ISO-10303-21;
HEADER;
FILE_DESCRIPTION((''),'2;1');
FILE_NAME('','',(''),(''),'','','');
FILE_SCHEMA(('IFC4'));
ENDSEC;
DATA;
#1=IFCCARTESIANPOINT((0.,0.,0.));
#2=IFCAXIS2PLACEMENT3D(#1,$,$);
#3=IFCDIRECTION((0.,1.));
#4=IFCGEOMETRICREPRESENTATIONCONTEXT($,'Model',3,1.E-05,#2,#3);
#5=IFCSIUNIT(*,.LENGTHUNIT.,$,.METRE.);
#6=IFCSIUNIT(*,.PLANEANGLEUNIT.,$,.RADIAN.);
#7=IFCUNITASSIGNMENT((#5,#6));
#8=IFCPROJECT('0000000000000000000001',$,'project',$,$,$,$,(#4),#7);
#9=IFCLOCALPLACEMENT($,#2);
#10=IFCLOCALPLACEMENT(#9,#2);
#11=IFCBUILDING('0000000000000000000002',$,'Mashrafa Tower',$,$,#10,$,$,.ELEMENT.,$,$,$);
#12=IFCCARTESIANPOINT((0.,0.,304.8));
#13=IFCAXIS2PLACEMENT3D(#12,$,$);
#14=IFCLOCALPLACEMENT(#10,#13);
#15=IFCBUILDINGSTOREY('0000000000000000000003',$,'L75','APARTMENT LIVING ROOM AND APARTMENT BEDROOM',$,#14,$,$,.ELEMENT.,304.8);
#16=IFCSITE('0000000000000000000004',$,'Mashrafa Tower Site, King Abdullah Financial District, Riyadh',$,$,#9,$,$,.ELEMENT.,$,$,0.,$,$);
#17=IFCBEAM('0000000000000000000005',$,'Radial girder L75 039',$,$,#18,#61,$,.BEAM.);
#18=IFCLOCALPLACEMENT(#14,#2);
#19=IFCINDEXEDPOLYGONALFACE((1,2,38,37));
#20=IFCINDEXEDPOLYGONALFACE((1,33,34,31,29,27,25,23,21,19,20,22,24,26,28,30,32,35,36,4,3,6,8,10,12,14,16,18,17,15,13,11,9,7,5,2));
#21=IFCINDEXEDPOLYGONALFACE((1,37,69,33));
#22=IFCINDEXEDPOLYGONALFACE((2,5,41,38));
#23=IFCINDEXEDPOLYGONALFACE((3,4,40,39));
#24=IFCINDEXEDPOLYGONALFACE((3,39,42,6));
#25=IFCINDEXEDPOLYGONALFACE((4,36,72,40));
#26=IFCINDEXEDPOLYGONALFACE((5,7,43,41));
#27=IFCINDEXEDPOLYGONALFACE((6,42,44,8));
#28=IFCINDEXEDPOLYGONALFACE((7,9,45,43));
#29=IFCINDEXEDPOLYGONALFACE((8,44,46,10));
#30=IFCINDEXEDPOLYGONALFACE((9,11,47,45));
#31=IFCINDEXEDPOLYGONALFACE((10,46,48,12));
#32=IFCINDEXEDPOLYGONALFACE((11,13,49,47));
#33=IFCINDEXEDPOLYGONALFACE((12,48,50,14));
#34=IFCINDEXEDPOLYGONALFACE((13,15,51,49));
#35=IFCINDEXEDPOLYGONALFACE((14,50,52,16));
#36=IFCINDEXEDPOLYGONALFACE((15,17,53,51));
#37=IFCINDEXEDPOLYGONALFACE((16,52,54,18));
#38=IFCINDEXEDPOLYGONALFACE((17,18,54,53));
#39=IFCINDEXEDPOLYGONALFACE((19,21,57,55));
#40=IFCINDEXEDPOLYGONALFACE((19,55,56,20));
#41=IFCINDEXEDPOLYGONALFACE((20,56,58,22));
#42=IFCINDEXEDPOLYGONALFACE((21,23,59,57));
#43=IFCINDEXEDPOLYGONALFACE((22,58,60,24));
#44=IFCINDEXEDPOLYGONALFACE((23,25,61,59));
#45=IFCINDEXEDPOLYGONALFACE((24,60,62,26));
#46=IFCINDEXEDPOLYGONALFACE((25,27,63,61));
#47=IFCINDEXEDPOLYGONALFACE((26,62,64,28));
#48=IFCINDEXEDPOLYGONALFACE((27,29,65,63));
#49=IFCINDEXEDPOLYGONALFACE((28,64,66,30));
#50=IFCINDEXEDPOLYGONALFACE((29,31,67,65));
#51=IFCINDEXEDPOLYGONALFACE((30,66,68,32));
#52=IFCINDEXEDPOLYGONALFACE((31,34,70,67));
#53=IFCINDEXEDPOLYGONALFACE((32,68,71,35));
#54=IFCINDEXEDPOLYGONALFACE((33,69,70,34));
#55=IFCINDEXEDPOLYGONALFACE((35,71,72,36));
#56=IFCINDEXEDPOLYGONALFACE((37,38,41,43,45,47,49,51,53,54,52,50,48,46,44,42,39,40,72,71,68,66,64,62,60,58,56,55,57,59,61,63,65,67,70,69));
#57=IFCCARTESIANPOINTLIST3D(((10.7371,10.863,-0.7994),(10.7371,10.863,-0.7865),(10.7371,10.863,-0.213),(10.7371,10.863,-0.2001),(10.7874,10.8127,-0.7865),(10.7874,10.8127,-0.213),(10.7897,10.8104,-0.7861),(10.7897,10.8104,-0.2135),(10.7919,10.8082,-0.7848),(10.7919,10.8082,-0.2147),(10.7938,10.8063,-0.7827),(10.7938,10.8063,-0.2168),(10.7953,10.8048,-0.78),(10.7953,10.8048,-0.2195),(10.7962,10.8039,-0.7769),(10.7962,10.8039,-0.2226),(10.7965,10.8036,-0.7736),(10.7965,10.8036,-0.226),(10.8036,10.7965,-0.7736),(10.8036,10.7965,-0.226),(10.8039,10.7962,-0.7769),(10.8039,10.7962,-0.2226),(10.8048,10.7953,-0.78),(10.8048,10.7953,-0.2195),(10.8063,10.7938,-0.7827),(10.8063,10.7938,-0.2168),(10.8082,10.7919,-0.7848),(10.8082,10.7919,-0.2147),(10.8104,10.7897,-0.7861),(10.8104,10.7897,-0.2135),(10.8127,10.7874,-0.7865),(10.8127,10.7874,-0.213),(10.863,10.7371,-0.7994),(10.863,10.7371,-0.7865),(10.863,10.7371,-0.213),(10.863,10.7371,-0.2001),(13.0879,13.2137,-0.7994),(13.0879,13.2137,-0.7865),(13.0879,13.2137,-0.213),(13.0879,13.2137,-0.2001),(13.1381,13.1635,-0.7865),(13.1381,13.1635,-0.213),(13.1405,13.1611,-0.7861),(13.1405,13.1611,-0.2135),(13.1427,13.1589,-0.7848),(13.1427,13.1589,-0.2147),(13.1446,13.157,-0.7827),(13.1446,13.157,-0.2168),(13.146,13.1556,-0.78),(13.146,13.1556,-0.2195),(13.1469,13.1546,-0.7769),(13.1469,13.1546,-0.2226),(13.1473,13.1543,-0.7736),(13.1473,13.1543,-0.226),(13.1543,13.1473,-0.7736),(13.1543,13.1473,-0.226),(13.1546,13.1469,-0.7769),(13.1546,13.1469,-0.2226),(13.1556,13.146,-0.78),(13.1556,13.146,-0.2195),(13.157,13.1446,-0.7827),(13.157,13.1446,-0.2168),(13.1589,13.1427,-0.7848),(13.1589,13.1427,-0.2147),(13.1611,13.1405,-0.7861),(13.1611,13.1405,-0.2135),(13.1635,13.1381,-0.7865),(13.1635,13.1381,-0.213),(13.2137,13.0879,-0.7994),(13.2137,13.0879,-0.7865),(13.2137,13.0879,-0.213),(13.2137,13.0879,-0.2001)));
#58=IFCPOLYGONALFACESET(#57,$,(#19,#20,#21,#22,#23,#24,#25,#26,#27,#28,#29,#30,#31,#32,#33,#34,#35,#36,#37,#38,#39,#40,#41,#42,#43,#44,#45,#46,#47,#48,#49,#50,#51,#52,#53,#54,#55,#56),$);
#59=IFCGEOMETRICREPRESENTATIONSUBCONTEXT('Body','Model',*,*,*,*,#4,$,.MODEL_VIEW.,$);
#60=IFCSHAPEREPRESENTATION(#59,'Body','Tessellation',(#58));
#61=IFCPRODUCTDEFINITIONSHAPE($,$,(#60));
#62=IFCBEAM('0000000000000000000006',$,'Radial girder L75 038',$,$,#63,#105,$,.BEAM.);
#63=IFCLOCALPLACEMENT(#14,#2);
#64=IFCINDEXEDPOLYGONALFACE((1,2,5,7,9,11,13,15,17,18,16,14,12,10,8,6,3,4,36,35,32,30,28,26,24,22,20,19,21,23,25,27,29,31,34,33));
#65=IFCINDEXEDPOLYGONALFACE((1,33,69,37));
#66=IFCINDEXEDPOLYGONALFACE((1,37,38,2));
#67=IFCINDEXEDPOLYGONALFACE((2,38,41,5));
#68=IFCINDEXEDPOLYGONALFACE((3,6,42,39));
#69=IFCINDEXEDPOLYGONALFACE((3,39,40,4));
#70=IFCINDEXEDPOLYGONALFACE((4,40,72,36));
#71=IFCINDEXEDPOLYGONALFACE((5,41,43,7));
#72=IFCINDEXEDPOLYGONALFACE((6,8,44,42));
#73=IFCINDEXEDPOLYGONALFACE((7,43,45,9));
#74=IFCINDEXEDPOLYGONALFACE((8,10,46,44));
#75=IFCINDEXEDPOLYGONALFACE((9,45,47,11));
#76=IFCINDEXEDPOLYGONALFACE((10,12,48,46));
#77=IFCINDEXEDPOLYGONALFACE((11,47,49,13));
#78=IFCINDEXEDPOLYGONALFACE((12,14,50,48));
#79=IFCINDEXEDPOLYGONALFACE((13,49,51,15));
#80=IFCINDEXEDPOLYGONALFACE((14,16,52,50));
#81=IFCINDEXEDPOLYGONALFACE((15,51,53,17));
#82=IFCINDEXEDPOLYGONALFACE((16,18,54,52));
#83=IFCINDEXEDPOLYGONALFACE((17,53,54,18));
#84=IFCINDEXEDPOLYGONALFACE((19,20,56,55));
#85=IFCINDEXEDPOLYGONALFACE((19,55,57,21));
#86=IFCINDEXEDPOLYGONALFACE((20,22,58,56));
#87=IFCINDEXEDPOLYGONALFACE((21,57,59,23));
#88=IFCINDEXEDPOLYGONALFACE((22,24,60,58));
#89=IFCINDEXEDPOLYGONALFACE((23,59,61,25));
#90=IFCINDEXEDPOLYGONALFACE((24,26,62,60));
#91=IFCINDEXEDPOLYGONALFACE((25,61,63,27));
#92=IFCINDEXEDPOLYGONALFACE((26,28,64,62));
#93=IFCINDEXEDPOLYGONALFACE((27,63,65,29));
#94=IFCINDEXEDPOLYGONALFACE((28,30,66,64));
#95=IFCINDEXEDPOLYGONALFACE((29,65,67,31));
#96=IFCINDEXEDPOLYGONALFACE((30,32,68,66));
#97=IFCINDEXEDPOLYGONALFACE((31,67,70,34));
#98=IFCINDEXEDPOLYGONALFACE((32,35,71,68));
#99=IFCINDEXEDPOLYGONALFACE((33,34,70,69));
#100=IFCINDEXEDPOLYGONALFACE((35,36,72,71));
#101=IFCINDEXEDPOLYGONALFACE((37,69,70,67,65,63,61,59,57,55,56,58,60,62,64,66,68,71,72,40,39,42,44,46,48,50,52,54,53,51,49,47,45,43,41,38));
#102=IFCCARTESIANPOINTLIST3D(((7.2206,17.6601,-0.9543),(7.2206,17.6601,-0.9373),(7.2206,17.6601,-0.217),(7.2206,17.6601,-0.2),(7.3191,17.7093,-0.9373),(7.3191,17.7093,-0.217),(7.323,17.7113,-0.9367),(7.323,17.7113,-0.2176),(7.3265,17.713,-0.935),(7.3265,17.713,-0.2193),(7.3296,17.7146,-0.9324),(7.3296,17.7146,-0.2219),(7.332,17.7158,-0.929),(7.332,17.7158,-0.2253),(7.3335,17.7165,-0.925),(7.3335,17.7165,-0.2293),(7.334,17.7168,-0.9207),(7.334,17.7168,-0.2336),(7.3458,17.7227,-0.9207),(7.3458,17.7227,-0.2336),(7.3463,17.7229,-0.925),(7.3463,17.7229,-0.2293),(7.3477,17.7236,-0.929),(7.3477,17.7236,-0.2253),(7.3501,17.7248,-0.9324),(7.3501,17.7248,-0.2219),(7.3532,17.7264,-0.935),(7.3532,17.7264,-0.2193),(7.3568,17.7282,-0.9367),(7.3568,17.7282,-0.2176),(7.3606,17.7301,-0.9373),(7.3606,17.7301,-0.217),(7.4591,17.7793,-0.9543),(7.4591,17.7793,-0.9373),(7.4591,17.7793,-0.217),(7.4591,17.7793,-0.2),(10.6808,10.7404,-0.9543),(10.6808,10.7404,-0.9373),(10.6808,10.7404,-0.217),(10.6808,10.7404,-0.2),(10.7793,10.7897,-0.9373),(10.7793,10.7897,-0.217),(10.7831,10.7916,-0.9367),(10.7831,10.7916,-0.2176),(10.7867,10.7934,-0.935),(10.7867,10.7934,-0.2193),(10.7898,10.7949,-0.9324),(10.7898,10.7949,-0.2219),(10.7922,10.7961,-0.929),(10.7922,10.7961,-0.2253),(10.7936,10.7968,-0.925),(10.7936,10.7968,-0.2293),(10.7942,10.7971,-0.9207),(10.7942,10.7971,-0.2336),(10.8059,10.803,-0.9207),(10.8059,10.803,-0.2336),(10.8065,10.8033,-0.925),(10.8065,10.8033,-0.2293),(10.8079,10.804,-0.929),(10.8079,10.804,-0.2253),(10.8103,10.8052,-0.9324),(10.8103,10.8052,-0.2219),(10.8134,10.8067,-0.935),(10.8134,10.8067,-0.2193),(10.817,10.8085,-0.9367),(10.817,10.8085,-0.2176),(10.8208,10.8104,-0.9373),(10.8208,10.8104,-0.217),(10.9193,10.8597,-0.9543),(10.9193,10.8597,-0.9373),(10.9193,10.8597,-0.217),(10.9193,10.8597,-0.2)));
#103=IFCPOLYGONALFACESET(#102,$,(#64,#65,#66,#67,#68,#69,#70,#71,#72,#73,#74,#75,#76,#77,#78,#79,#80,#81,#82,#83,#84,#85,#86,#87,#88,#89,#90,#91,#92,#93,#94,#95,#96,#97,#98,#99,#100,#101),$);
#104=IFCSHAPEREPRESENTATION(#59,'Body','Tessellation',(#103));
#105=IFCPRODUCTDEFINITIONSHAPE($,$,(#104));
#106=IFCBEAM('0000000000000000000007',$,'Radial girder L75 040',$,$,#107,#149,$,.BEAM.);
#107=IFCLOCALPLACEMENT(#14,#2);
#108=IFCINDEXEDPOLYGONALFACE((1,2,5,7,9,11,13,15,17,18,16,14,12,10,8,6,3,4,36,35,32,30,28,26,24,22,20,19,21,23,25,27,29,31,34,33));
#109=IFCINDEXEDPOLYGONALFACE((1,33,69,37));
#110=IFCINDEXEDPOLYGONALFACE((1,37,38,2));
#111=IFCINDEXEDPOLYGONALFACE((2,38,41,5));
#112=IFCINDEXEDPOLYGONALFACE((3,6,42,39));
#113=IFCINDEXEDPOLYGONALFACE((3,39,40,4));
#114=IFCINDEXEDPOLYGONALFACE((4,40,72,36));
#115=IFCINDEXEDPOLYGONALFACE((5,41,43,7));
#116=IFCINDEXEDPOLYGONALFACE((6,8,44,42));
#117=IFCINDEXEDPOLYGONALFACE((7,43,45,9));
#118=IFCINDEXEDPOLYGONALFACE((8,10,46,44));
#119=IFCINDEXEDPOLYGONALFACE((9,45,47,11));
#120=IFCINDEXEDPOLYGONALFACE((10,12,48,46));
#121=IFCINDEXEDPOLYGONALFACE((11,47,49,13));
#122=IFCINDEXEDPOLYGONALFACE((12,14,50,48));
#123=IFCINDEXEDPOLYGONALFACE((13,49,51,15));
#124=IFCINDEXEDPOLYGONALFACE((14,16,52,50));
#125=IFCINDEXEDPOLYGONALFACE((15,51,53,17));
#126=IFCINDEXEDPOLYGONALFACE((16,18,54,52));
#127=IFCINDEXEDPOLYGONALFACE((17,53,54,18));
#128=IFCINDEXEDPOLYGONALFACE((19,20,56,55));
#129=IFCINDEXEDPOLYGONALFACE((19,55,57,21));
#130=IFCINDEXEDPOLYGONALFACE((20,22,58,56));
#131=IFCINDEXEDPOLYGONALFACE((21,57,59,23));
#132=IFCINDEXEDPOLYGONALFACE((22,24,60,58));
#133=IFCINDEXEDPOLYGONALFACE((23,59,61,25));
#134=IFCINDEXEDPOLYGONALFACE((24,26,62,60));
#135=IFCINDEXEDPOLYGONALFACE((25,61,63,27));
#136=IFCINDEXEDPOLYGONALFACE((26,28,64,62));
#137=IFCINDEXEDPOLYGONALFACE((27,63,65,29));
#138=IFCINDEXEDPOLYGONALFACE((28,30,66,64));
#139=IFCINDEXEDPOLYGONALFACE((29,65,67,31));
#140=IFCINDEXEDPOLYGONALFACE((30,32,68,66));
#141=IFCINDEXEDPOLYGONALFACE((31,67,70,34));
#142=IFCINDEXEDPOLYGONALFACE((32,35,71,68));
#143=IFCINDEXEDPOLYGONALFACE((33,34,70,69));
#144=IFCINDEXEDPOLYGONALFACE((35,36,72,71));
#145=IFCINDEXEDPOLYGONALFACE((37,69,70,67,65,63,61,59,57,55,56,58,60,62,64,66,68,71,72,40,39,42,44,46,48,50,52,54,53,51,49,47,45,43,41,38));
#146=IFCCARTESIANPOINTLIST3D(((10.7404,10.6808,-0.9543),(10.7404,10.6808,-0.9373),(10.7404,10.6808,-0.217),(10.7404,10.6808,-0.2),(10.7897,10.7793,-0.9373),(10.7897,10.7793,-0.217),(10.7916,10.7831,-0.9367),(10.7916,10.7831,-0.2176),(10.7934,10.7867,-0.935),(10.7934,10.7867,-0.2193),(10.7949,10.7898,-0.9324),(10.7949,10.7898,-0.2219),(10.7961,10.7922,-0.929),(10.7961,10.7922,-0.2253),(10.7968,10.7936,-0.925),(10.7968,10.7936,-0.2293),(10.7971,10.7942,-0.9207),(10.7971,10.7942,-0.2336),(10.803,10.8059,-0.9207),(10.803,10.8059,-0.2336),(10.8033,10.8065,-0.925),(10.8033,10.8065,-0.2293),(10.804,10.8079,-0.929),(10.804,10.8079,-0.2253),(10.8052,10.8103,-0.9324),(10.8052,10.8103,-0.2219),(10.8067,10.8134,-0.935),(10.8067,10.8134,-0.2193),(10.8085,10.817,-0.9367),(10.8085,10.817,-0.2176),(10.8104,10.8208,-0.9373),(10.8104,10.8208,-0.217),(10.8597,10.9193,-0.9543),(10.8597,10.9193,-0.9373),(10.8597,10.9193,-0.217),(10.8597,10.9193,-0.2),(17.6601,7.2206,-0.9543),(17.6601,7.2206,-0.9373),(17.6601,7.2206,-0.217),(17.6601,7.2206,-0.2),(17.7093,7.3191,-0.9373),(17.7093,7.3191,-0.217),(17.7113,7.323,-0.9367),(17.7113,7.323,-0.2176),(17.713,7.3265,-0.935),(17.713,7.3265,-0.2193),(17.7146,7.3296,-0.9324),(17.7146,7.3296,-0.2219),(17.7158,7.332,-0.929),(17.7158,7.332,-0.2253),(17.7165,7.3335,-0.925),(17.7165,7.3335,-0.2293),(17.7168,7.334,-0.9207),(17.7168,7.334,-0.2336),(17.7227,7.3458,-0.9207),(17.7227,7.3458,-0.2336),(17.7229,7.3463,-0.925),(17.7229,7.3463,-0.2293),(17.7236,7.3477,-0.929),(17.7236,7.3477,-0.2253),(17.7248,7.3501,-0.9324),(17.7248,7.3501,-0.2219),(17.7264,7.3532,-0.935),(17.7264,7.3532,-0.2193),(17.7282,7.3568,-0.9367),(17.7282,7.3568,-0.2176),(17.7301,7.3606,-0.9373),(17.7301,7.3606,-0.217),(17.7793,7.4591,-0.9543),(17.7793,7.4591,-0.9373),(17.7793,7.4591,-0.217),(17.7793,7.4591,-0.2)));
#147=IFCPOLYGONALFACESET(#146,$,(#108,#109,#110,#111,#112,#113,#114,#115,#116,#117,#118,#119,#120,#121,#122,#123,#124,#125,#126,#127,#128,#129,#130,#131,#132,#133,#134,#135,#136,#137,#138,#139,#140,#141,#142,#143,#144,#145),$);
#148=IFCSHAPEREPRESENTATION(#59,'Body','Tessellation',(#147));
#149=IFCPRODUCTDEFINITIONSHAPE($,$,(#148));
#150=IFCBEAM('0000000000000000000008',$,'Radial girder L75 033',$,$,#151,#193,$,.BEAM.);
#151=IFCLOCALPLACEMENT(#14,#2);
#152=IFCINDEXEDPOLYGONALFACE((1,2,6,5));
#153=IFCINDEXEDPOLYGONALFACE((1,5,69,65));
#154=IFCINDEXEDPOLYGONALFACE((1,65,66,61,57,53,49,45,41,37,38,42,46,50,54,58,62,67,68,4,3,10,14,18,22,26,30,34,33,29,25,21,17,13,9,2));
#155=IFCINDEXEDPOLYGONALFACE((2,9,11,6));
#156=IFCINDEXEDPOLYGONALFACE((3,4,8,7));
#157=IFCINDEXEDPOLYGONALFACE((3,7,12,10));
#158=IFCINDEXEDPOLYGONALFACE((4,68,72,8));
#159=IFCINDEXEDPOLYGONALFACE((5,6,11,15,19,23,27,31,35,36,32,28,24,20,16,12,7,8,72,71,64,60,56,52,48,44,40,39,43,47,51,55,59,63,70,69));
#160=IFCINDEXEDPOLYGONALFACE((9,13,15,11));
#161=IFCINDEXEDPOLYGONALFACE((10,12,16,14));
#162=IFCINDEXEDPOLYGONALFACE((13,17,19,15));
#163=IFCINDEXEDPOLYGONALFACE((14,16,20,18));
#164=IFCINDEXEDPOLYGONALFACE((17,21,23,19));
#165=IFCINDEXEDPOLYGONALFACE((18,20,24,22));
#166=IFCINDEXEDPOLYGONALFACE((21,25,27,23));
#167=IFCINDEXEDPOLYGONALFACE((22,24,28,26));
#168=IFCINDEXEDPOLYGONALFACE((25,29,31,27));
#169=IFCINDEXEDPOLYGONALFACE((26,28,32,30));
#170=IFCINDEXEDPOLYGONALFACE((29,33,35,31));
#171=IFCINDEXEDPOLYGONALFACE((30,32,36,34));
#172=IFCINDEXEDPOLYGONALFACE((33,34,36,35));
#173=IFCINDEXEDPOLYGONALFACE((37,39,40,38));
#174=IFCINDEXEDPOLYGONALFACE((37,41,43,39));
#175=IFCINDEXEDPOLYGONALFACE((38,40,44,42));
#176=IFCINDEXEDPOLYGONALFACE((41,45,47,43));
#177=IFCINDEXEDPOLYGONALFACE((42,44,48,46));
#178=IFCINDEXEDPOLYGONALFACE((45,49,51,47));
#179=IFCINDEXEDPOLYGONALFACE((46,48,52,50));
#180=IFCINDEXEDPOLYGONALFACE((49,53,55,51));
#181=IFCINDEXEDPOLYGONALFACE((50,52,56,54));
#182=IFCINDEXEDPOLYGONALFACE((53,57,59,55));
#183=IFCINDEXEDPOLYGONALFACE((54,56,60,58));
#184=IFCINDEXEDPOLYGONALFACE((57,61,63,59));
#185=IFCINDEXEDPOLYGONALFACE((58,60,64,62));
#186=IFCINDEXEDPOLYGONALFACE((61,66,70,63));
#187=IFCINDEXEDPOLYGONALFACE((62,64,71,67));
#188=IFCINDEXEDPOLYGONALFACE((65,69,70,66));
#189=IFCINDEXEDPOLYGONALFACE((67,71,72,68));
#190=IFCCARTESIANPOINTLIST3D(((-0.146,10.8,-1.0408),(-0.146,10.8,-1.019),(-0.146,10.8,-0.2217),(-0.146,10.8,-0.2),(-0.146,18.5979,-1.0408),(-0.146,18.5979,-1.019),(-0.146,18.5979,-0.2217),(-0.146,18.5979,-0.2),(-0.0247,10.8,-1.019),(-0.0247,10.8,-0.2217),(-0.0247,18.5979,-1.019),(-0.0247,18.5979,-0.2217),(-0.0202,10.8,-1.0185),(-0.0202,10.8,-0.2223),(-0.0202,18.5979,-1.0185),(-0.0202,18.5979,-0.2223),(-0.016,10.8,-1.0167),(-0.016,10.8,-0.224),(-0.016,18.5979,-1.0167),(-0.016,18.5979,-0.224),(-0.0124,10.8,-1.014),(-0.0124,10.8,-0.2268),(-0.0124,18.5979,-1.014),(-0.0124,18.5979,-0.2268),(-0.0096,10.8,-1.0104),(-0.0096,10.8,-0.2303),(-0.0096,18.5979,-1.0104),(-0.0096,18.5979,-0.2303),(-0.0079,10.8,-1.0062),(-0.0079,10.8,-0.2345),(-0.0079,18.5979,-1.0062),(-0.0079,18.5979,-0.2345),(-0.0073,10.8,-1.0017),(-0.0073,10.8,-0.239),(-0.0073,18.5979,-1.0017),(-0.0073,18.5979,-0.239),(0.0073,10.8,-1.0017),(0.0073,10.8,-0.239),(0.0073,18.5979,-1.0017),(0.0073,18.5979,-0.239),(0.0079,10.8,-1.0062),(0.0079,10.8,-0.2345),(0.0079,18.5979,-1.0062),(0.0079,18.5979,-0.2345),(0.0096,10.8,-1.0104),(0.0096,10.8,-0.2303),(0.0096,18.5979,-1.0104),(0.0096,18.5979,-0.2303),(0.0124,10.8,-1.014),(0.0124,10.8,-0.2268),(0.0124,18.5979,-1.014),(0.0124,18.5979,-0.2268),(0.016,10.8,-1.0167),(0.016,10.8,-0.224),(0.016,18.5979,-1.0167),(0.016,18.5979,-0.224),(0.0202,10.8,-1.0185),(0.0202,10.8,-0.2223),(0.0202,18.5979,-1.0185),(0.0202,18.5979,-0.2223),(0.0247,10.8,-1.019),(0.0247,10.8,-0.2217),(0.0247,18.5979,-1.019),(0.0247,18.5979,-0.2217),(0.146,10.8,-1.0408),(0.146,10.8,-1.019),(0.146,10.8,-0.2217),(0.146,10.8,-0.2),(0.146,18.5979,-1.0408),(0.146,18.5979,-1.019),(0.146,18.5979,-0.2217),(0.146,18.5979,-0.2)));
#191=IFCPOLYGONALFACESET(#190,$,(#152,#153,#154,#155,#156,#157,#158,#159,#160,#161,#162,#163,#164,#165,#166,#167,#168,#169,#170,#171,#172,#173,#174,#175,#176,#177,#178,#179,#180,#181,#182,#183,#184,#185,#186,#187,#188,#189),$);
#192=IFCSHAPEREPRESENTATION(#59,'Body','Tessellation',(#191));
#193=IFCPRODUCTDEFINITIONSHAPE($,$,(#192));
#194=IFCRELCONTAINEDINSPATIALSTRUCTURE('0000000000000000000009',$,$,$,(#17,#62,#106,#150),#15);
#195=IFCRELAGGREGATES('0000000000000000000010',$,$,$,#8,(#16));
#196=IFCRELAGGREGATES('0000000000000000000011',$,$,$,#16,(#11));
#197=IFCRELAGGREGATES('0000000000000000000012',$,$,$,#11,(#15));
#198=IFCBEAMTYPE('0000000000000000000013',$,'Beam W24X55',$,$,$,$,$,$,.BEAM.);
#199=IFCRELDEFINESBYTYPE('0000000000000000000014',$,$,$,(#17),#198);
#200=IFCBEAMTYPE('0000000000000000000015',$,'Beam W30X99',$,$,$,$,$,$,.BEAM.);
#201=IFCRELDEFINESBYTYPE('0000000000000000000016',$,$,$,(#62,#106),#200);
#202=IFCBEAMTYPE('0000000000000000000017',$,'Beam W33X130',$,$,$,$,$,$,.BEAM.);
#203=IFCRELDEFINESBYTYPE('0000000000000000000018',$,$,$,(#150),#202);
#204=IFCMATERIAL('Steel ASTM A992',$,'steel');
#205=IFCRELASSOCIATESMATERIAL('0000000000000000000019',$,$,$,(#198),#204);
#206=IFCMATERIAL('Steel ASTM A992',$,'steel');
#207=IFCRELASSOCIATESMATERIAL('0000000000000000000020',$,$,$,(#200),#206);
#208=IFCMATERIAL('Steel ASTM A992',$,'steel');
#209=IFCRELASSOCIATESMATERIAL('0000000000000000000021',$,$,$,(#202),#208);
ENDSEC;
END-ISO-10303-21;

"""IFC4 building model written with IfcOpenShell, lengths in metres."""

from ifc_helpers import new_model, si_unit, direction, frame, origin, origin_2d, place, context, subcontext, project, spatial, i_section, extrude, material, material_profile, profile_set, type_object, element, save


model = new_model("IFC4")

# Units and contexts
model_context = context("Model", 3, precision=1e-05, world=origin(), true_north=direction((0.0, 1.0)))
body_context = subcontext(model_context, "Body", "Model", "MODEL_VIEW")
ifc_project = project(units=[si_unit("LENGTHUNIT", "METRE"), si_unit("PLANEANGLEUNIT", "RADIAN")], contexts=[model_context])

# Site, building, storey
site_placement = place(None, origin())
site = spatial("IfcSite", under=ifc_project, at=site_placement, Name="Mashrafa Tower Site, King Abdullah Financial District, Riyadh", CompositionType="ELEMENT", RefElevation=0.0)
building_placement = place(site_placement, origin())
building = spatial("IfcBuilding", under=site, at=building_placement, Name="Mashrafa Tower", CompositionType="ELEMENT")
storey_placement = place(building_placement, frame((0.0, 0.0, 304.8)))
storey = spatial("IfcBuildingStorey", under=building, at=storey_placement, Name="L75", Description="APARTMENT LIVING ROOM AND APARTMENT BEDROOM", CompositionType="ELEMENT", Elevation=304.8)

# Beams
ifc_material_1 = material(Name="Steel ASTM A992", Category="steel")
ifc_material_profile_1 = material_profile(ifc_material_1, i_section(OverallWidth=0.178, OverallDepth=0.5994, WebThickness=0.01, FlangeThickness=0.0129, FilletRadius=0.0129, at=origin_2d()), Name="W24X55")
ifc_profile_set_1 = profile_set([ifc_material_profile_1], Name="Steel ASTM A992")
beam_type_1 = type_object("IfcBeamType", Name="Beam W24X55", PredefinedType="BEAM", material=ifc_profile_set_1)
beam_1_placement = place(storey_placement, frame((10.8, 10.8, -0.4998), z_axis=(0.707107, 0.707107, 0.0), x_axis=(-0.707107, 0.707107, 0.0)))
element("IfcBeam", 1, at=beam_1_placement, inside=storey, type_object=beam_type_1, Name="Radial girder L75 039", PredefinedType="BEAM", context=body_context, shape_type="SweptSolid", body=[
    extrude(i_section(OverallWidth=0.178, OverallDepth=0.5994, WebThickness=0.01, FlangeThickness=0.0129, FilletRadius=0.0129, at=origin_2d()), origin(), (0.0, 0.0, 1.0), 3.3245),
])
ifc_material_2 = material(Name="Steel ASTM A992", Category="steel")
ifc_material_profile_2 = material_profile(ifc_material_2, i_section(OverallWidth=0.2666, OverallDepth=0.7544, WebThickness=0.0132, FlangeThickness=0.0171, FilletRadius=0.0166, at=origin_2d()), Name="W30X99")
ifc_profile_set_2 = profile_set([ifc_material_profile_2], Name="Steel ASTM A992")
beam_type_2 = type_object("IfcBeamType", Name="Beam W30X99", PredefinedType="BEAM", material=ifc_profile_set_2)
for number, where, z_axis, x_axis, name in (
    (2, (10.8, 10.8, -0.5771), (-0.447251, 0.894408, 0.0), (-0.894408, -0.447251, 0.0), "Radial girder L75 038"),
    (3, (10.8, 10.8, -0.5771), (0.894408, -0.447251, 0.0), (0.447251, 0.894408, 0.0), "Radial girder L75 040"),
):
    element("IfcBeam", number, at=place(storey_placement, frame(where, z_axis=z_axis, x_axis=x_axis)), inside=storey, type_object=beam_type_2, Name=name, PredefinedType="BEAM", context=body_context, shape_type="SweptSolid", body=[
        extrude(i_section(OverallWidth=0.2666, OverallDepth=0.7544, WebThickness=0.0132, FlangeThickness=0.0171, FilletRadius=0.0166, at=origin_2d()), origin(), (0.0, 0.0, 1.0), 7.7366),
    ])
ifc_material_3 = material(Name="Steel ASTM A992", Category="steel")
ifc_material_profile_3 = material_profile(ifc_material_3, i_section(OverallWidth=0.292, OverallDepth=0.8408, WebThickness=0.0146, FlangeThickness=0.0217, FilletRadius=0.0173, at=origin_2d()), Name="W33X130")
ifc_profile_set_3 = profile_set([ifc_material_profile_3], Name="Steel ASTM A992")
beam_type_3 = type_object("IfcBeamType", Name="Beam W33X130", PredefinedType="BEAM", material=ifc_profile_set_3)
for number, where, z_axis, x_axis, name in (
    (4, (0.0, 10.8, -0.6204), (0.0, 1.0, 0.0), (-1.0, 0.0, 0.0), "Radial girder L75 033"),
):
    element("IfcBeam", number, at=place(storey_placement, frame(where, z_axis=z_axis, x_axis=x_axis)), inside=storey, type_object=beam_type_3, Name=name, PredefinedType="BEAM", context=body_context, shape_type="SweptSolid", body=[
        extrude(i_section(OverallWidth=0.292, OverallDepth=0.8408, WebThickness=0.0146, FlangeThickness=0.0217, FilletRadius=0.0173, at=origin_2d()), origin(), (0.0, 0.0, 1.0), 7.7979),
    ])

save(model, "model.ifc")
